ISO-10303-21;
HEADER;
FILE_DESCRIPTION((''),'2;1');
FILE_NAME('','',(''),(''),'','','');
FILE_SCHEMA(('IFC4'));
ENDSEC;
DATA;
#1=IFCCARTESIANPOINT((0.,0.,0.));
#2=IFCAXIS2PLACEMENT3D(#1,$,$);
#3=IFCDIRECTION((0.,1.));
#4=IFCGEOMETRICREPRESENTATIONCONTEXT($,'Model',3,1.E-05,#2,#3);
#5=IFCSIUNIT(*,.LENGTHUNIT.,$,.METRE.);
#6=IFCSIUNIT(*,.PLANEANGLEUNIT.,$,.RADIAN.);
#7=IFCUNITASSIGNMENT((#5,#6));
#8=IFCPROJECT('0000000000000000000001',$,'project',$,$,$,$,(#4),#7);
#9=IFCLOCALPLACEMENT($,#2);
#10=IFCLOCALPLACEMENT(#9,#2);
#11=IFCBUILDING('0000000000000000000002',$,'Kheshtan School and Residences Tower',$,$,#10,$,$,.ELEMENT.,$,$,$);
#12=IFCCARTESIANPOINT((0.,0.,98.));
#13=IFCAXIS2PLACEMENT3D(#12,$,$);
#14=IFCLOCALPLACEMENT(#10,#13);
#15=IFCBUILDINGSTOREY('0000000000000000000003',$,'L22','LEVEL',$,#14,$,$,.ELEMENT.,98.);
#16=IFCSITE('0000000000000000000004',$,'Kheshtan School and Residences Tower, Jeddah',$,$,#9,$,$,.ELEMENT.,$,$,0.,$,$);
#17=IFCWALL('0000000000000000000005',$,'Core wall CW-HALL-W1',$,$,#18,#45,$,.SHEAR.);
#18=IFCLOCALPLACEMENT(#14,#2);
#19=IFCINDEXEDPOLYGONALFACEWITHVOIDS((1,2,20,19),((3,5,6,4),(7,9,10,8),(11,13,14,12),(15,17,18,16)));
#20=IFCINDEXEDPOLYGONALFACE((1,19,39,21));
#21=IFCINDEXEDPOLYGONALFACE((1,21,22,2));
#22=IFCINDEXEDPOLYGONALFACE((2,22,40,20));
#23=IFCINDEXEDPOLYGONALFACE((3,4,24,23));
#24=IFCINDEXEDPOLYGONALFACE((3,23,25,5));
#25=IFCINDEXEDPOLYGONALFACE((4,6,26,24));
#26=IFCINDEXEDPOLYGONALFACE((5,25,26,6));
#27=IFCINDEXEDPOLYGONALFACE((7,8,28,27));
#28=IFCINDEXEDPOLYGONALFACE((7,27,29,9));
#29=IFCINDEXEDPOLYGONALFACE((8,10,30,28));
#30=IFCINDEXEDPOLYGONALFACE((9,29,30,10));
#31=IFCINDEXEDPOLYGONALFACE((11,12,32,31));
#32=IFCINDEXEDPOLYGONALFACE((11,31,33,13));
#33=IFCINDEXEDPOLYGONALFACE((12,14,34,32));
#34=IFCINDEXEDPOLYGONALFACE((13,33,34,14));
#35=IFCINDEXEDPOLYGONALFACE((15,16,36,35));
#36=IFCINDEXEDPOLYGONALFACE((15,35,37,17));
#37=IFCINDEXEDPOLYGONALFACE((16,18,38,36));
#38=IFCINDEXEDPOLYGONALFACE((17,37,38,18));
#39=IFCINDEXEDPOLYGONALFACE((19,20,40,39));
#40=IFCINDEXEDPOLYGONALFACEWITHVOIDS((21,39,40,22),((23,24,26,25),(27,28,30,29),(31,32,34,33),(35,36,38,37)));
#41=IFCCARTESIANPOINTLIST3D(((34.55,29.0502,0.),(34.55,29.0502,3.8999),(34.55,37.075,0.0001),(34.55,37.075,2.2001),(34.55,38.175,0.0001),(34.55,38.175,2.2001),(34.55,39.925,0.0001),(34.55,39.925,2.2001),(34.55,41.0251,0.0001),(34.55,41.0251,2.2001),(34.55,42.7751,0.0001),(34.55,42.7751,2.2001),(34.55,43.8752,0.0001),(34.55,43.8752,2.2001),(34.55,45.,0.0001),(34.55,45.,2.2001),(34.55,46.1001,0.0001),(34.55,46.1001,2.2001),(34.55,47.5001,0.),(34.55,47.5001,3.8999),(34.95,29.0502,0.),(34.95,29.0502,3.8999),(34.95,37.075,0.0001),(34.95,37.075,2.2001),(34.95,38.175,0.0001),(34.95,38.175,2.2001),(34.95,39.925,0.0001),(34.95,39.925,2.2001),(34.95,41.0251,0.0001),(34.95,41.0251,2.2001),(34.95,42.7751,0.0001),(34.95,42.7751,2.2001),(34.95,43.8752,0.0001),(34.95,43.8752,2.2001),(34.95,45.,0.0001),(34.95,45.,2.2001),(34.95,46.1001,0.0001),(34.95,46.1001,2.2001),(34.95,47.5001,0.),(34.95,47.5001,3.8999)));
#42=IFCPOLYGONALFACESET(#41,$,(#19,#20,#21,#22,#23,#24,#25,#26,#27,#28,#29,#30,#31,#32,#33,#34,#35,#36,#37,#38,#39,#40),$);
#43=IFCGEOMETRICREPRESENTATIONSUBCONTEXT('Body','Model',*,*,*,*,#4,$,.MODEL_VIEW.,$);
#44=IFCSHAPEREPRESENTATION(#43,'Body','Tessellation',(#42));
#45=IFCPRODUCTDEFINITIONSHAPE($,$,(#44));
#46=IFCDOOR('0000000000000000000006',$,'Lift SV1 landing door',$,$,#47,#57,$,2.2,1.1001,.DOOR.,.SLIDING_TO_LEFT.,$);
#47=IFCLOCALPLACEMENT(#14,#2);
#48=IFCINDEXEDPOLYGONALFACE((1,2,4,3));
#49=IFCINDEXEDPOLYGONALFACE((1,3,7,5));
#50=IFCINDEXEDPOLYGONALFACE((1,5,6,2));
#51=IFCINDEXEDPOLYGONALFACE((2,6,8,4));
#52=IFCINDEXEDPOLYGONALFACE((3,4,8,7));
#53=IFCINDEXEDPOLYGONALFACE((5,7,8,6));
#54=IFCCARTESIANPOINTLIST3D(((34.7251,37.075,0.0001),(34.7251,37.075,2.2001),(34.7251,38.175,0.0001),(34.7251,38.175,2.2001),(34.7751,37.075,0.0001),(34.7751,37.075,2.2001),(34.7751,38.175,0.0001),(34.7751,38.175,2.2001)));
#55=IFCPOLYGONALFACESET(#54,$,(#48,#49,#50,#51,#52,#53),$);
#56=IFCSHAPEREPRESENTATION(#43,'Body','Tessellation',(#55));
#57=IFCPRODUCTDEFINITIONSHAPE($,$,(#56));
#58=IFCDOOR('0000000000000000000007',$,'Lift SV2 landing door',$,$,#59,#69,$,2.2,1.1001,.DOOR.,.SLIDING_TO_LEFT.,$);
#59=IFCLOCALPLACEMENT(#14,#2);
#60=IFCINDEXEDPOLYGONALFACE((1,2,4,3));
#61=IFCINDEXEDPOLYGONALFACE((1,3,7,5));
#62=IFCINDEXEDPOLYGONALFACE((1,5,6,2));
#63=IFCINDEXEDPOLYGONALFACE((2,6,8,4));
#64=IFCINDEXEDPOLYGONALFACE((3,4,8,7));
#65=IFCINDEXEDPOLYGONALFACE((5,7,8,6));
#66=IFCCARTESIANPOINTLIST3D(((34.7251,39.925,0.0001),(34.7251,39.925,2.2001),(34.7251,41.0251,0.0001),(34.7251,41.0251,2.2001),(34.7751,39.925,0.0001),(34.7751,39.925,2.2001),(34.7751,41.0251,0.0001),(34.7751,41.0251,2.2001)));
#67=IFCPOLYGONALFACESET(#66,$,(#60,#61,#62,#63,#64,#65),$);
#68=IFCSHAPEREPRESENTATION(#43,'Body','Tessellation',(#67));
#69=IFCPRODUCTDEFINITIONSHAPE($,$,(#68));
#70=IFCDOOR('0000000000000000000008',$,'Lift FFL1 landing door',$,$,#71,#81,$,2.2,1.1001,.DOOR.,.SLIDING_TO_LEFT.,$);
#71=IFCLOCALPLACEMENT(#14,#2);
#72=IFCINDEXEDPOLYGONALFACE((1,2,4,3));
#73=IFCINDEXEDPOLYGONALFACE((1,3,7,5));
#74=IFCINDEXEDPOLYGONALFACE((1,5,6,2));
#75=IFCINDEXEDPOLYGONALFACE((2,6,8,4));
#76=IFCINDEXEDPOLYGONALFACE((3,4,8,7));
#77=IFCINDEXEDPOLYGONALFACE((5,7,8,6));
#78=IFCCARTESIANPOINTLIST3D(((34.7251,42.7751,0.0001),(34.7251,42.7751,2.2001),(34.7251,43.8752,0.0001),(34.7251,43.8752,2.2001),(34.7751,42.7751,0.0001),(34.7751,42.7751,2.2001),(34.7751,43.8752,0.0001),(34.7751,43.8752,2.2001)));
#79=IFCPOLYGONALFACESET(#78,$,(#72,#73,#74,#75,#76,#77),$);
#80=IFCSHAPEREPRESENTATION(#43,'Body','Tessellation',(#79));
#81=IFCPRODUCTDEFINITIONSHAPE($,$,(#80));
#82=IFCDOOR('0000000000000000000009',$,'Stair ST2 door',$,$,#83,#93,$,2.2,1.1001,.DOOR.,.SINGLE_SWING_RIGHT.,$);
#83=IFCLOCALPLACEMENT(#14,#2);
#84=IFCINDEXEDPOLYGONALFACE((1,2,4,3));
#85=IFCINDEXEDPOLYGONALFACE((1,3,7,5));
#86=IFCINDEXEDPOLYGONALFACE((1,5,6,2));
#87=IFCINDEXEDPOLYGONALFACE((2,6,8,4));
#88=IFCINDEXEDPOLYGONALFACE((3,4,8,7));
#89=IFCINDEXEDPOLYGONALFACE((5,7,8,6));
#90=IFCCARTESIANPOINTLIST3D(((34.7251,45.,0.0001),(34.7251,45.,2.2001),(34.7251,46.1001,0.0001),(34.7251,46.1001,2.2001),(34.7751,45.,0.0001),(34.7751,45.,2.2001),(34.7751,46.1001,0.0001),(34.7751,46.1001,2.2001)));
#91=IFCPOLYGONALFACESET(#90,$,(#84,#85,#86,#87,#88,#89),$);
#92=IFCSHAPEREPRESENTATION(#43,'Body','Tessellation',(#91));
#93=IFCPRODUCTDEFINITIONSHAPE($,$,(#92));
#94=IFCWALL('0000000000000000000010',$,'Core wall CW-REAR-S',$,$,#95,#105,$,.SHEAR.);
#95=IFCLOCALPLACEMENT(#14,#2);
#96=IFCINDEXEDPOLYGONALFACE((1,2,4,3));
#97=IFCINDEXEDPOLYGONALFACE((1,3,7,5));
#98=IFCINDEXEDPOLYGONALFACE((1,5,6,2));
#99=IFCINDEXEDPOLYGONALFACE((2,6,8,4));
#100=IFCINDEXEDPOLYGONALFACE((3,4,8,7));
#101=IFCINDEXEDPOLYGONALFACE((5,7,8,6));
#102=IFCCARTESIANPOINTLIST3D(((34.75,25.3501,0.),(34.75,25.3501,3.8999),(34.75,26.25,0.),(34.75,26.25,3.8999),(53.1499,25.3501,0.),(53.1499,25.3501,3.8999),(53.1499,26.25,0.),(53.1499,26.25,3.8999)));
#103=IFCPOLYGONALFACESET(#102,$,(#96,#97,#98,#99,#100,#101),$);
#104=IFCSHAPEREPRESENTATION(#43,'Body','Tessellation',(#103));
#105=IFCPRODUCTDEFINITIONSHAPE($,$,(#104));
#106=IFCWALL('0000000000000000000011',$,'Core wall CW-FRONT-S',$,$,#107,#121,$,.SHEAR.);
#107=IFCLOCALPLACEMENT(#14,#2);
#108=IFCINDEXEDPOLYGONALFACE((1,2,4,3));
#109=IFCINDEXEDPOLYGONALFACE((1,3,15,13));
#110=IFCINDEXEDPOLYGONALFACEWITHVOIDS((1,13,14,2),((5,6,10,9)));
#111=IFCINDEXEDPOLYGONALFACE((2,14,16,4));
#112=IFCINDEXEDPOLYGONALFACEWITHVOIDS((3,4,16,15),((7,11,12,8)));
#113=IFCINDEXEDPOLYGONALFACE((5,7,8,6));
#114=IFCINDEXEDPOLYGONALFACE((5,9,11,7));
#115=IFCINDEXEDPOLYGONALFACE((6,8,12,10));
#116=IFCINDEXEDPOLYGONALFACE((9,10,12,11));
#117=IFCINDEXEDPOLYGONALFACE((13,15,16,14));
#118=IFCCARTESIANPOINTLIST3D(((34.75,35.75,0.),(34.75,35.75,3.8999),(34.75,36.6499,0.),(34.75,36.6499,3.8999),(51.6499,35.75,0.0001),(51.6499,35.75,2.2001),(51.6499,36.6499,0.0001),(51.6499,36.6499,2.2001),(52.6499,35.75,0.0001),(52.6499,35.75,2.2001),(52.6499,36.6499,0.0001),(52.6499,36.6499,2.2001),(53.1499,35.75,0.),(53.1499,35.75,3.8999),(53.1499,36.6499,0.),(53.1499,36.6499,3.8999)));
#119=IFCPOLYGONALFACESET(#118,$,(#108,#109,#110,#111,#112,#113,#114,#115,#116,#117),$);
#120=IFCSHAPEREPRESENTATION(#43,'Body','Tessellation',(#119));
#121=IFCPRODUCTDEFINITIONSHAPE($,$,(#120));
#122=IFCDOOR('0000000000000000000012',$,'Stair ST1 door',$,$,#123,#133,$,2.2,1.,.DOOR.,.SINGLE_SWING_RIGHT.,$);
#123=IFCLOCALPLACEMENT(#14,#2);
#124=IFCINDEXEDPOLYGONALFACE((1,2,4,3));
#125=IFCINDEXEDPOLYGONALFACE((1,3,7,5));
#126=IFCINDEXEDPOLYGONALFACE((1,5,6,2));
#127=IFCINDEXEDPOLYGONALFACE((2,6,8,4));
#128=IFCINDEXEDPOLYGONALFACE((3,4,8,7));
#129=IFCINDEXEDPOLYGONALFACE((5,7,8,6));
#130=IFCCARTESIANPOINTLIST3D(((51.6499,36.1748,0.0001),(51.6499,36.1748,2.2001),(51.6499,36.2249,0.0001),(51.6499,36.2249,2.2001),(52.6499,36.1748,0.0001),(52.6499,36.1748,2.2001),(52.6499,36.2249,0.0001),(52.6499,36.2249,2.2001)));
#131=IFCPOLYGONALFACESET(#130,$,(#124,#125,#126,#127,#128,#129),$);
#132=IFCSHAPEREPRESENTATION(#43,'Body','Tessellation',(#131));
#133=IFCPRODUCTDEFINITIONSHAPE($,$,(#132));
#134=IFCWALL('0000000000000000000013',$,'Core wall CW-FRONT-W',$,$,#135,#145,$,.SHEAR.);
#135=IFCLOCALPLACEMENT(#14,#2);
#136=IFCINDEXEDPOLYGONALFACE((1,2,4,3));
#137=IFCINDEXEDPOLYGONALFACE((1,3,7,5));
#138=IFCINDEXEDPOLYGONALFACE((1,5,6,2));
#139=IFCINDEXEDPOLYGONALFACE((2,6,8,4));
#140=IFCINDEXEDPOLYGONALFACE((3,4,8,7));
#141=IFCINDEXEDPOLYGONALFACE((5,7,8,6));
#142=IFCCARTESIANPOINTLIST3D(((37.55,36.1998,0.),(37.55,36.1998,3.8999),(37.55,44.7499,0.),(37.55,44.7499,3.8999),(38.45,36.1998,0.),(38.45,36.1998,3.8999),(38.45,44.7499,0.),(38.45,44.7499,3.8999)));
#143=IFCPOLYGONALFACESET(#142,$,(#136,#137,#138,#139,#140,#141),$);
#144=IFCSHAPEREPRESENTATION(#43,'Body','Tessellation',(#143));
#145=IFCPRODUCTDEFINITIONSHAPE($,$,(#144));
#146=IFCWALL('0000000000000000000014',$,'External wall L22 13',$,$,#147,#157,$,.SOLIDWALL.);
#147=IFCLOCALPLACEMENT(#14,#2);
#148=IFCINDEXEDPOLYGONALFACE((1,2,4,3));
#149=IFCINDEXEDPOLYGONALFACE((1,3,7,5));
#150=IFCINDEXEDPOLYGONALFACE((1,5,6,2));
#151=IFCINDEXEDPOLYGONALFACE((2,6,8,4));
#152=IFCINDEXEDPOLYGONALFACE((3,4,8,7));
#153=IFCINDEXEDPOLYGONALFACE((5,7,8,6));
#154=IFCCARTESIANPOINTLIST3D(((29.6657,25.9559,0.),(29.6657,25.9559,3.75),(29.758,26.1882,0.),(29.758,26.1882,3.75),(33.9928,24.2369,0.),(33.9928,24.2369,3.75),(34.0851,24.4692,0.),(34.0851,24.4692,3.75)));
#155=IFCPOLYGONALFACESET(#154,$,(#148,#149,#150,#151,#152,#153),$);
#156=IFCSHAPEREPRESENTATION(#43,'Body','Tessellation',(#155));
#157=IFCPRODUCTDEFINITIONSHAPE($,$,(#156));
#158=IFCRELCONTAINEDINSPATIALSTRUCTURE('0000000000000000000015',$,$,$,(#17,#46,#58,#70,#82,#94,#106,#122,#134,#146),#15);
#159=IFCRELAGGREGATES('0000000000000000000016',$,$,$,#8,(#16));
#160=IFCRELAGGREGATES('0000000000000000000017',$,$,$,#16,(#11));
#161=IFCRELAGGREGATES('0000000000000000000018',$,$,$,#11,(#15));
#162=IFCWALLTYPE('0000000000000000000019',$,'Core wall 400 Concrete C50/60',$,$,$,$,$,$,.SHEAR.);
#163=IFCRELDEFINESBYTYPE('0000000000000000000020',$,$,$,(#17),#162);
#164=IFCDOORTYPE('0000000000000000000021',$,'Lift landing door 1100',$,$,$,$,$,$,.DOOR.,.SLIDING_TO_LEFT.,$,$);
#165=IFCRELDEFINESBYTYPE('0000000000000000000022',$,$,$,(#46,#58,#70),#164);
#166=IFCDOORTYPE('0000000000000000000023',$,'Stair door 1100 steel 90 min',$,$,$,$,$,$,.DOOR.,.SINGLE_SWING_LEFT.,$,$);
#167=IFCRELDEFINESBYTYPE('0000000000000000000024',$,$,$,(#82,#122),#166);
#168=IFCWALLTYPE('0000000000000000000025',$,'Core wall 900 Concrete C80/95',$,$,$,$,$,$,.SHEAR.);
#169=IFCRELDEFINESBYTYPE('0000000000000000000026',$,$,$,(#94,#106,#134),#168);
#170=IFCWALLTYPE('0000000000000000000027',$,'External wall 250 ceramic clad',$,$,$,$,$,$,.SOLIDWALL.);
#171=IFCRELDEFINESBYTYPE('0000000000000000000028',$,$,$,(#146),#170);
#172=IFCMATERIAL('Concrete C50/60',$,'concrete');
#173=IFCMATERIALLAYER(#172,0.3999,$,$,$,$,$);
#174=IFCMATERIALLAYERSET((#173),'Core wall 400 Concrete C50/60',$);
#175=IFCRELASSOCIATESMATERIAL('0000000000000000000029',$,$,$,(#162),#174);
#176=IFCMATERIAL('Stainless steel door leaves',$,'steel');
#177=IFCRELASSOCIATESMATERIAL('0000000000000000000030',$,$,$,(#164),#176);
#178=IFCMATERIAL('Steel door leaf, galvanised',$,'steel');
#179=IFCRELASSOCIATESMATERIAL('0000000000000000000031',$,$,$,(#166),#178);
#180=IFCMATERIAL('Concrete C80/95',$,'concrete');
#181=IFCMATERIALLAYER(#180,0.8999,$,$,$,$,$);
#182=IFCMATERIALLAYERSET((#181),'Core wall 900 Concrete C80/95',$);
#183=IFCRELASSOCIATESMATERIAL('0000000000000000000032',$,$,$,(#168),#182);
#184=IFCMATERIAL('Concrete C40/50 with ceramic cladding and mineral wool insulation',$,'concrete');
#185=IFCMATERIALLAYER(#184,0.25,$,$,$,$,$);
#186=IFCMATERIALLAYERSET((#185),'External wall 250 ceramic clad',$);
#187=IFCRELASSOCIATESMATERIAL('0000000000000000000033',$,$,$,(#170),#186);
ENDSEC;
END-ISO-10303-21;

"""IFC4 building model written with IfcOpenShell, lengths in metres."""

from ifc_helpers import new_model, si_unit, direction, frame, frame_2d, origin, place, context, subcontext, project, spatial, rectangle, extrude, source, transform, mapped, material, layer, layer_set, type_object, element, fill, save


model = new_model("IFC4")

# Units and contexts
model_context = context("Model", 3, precision=1e-05, world=origin(), true_north=direction((0.0, 1.0)))
body_context = subcontext(model_context, "Body", "Model", "MODEL_VIEW")
ifc_project = project(units=[si_unit("LENGTHUNIT", "METRE"), si_unit("PLANEANGLEUNIT", "RADIAN")], contexts=[model_context])

# Site, building, storey
site_placement = place(None, origin())
site = spatial("IfcSite", under=ifc_project, at=site_placement, Name="Kheshtan School and Residences Tower, Jeddah", CompositionType="ELEMENT", RefElevation=0.0)
building_placement = place(site_placement, origin())
building = spatial("IfcBuilding", under=site, at=building_placement, Name="Kheshtan School and Residences Tower", CompositionType="ELEMENT")
storey_placement = place(building_placement, frame((0.0, 0.0, 98.0)))
storey = spatial("IfcBuildingStorey", under=building, at=storey_placement, Name="L22", Description="LEVEL", CompositionType="ELEMENT", Elevation=98.0)

# Shared definitions
ifc_material_1 = material(Name="Concrete C50/60", Category="concrete")
ifc_layer_1 = layer(ifc_material_1, 0.3999)
ifc_layer_set_1 = layer_set([ifc_layer_1], Name="Core wall 400 Concrete C50/60")
wall_type_1 = type_object("IfcWallType", Name="Core wall 400 Concrete C50/60", PredefinedType="SHEAR", material=ifc_layer_set_1)
ifc_material_2 = material(Name="Stainless steel door leaves", Category="steel")
door_type_1 = type_object("IfcDoorType", Name="Lift landing door 1100", OperationType="SLIDING_TO_LEFT", PredefinedType="DOOR", material=ifc_material_2)
shared_shape_1 = source(origin(), body_context, "Body", "SweptSolid", [
    extrude(rectangle(XDim=1.1001, YDim=2.2, at=frame_2d((0.55, 1.1001))), frame((0.0, 0.0249, 0.0), z_axis=(0.0, -1.0, 0.0), x_axis=(1.0, 0.0, 0.0)), (0.0, 0.0, 1.0), 0.05),
])

# Wall, openings, doors
wall_1_placement = place(storey_placement, frame((34.75, 29.05, 0.0), z_axis=(0.0, 0.0, 1.0), x_axis=(0.0, 1.0, 0.0)))
wall_1 = element("IfcWall", 1, at=wall_1_placement, inside=storey, type_object=wall_type_1, Name="Core wall CW-HALL-W1", PredefinedType="SHEAR", context=body_context, shape_type="SweptSolid", body=[
    extrude(rectangle(XDim=18.45, YDim=0.3999, at=frame_2d((9.2251, 0.0))), origin(), (0.0, 0.0, 1.0), 3.8999),
])
opening_1_placement = place(wall_1_placement, frame((8.0249, 0.0, 0.0)))
opening_1 = element("IfcOpeningElement", 2, at=opening_1_placement, cuts=wall_1, PredefinedType="OPENING", context=body_context, shape_type="SweptSolid", body=[
    extrude(rectangle(XDim=1.1001, YDim=2.2, at=frame_2d((0.55, 1.1001))), frame((0.0, 0.21, 0.0), z_axis=(0.0, -1.0, 0.0), x_axis=(1.0, 0.0, 0.0)), (0.0, 0.0, 1.0), 0.4199),
])
opening_2_placement = place(wall_1_placement, frame((10.875, 0.0, 0.0)))
opening_2 = element("IfcOpeningElement", 3, at=opening_2_placement, cuts=wall_1, PredefinedType="OPENING", context=body_context, shape_type="SweptSolid", body=[
    extrude(rectangle(XDim=1.1001, YDim=2.2, at=frame_2d((0.55, 1.1001))), frame((0.0, 0.21, 0.0), z_axis=(0.0, -1.0, 0.0), x_axis=(1.0, 0.0, 0.0)), (0.0, 0.0, 1.0), 0.4199),
])
opening_3_placement = place(wall_1_placement, frame((13.7251, 0.0, 0.0)))
opening_3 = element("IfcOpeningElement", 4, at=opening_3_placement, cuts=wall_1, PredefinedType="OPENING", context=body_context, shape_type="SweptSolid", body=[
    extrude(rectangle(XDim=1.1001, YDim=2.2, at=frame_2d((0.55, 1.1001))), frame((0.0, 0.21, 0.0), z_axis=(0.0, -1.0, 0.0), x_axis=(1.0, 0.0, 0.0)), (0.0, 0.0, 1.0), 0.4199),
])
opening_4_placement = place(wall_1_placement, frame((15.95, 0.0, 0.0)))
opening_4 = element("IfcOpeningElement", 5, at=opening_4_placement, cuts=wall_1, PredefinedType="OPENING", context=body_context, shape_type="SweptSolid", body=[
    extrude(rectangle(XDim=1.1001, YDim=2.2, at=frame_2d((0.55, 1.1001))), frame((0.0, 0.21, 0.0), z_axis=(0.0, -1.0, 0.0), x_axis=(1.0, 0.0, 0.0)), (0.0, 0.0, 1.0), 0.4199),
])
door_1_placement = place(opening_1_placement, origin())
door_1 = element("IfcDoor", 6, at=door_1_placement, inside=storey, type_object=door_type_1, Name="Lift SV1 landing door", OperationType="SLIDING_TO_LEFT", OverallHeight=2.2, OverallWidth=1.1001, PredefinedType="DOOR", context=body_context, shape_type="MappedRepresentation", body=[
    mapped(shared_shape_1, transform((0.0, 0.0, 0.0), x_axis=(1.0, 0.0, 0.0), y_axis=(0.0, 1.0, 0.0), z_axis=(0.0, 0.0, 1.0), scale=1.0)),
])
fill(opening_1, door_1)
door_2_placement = place(opening_2_placement, origin())
door_2 = element("IfcDoor", 7, at=door_2_placement, inside=storey, type_object=door_type_1, Name="Lift SV2 landing door", OperationType="SLIDING_TO_LEFT", OverallHeight=2.2, OverallWidth=1.1001, PredefinedType="DOOR", context=body_context, shape_type="MappedRepresentation", body=[
    mapped(shared_shape_1, transform((0.0, 0.0, 0.0), x_axis=(1.0, 0.0, 0.0), y_axis=(0.0, 1.0, 0.0), z_axis=(0.0, 0.0, 1.0), scale=1.0)),
])
fill(opening_2, door_2)
door_3_placement = place(opening_3_placement, origin())
door_3 = element("IfcDoor", 8, at=door_3_placement, inside=storey, type_object=door_type_1, Name="Lift FFL1 landing door", OperationType="SLIDING_TO_LEFT", OverallHeight=2.2, OverallWidth=1.1001, PredefinedType="DOOR", context=body_context, shape_type="MappedRepresentation", body=[
    mapped(shared_shape_1, transform((0.0, 0.0, 0.0), x_axis=(1.0, 0.0, 0.0), y_axis=(0.0, 1.0, 0.0), z_axis=(0.0, 0.0, 1.0), scale=1.0)),
])
fill(opening_3, door_3)
ifc_material_3 = material(Name="Steel door leaf, galvanised", Category="steel")
door_type_2 = type_object("IfcDoorType", Name="Stair door 1100 steel 90 min", OperationType="SINGLE_SWING_LEFT", PredefinedType="DOOR", material=ifc_material_3)
shared_shape_2 = source(origin(), body_context, "Body", "SweptSolid", [
    extrude(rectangle(XDim=1.1001, YDim=2.2, at=frame_2d((0.55, 1.1001))), frame((0.0, 0.0249, 0.0), z_axis=(0.0, -1.0, 0.0), x_axis=(1.0, 0.0, 0.0)), (0.0, 0.0, 1.0), 0.05),
])
door_4_placement = place(opening_4_placement, origin())
door_4 = element("IfcDoor", 9, at=door_4_placement, inside=storey, type_object=door_type_2, Name="Stair ST2 door", OperationType="SINGLE_SWING_RIGHT", OverallHeight=2.2, OverallWidth=1.1001, PredefinedType="DOOR", context=body_context, shape_type="MappedRepresentation", body=[
    mapped(shared_shape_2, transform((0.0, 0.0, 0.0), x_axis=(1.0, 0.0, 0.0), y_axis=(0.0, 1.0, 0.0), z_axis=(0.0, 0.0, 1.0), scale=1.0)),
])
fill(opening_4, door_4)

# Wall
ifc_material_4 = material(Name="Concrete C80/95", Category="concrete")
ifc_layer_2 = layer(ifc_material_4, 0.8999)
ifc_layer_set_2 = layer_set([ifc_layer_2], Name="Core wall 900 Concrete C80/95")
wall_type_2 = type_object("IfcWallType", Name="Core wall 900 Concrete C80/95", PredefinedType="SHEAR", material=ifc_layer_set_2)
wall_2_placement = place(storey_placement, frame((34.75, 25.8, 0.0), z_axis=(0.0, 0.0, 1.0), x_axis=(1.0, 0.0, 0.0)))
element("IfcWall", 10, at=wall_2_placement, inside=storey, type_object=wall_type_2, Name="Core wall CW-REAR-S", PredefinedType="SHEAR", context=body_context, shape_type="SweptSolid", body=[
    extrude(rectangle(XDim=18.3999, YDim=0.8999, at=frame_2d((9.2, 0.0))), origin(), (0.0, 0.0, 1.0), 3.8999),
])

# Wall, opening, door
wall_3_placement = place(storey_placement, frame((34.75, 36.2, 0.0), z_axis=(0.0, 0.0, 1.0), x_axis=(1.0, 0.0, 0.0)))
wall_3 = element("IfcWall", 11, at=wall_3_placement, inside=storey, type_object=wall_type_2, Name="Core wall CW-FRONT-S", PredefinedType="SHEAR", context=body_context, shape_type="SweptSolid", body=[
    extrude(rectangle(XDim=18.3999, YDim=0.8999, at=frame_2d((9.2, 0.0))), origin(), (0.0, 0.0, 1.0), 3.8999),
])
opening_5_placement = place(wall_3_placement, frame((16.8999, 0.0, 0.0)))
opening_5 = element("IfcOpeningElement", 12, at=opening_5_placement, cuts=wall_3, PredefinedType="OPENING", context=body_context, shape_type="SweptSolid", body=[
    extrude(rectangle(XDim=1.0, YDim=2.2, at=frame_2d((0.5, 1.1001))), frame((0.0, 0.46, 0.0), z_axis=(0.0, -1.0, 0.0), x_axis=(1.0, 0.0, 0.0)), (0.0, 0.0, 1.0), 0.9199),
])
shared_shape_3 = source(origin(), body_context, "Body", "SweptSolid", [
    extrude(rectangle(XDim=1.0, YDim=2.2, at=frame_2d((0.5, 1.1001))), frame((0.0, 0.0249, 0.0), z_axis=(0.0, -1.0, 0.0), x_axis=(1.0, 0.0, 0.0)), (0.0, 0.0, 1.0), 0.05),
])
door_5_placement = place(opening_5_placement, origin())
door_5 = element("IfcDoor", 13, at=door_5_placement, inside=storey, type_object=door_type_2, Name="Stair ST1 door", OperationType="SINGLE_SWING_RIGHT", OverallHeight=2.2, OverallWidth=1.0, PredefinedType="DOOR", context=body_context, shape_type="MappedRepresentation", body=[
    mapped(shared_shape_3, transform((0.0, 0.0, 0.0), x_axis=(1.0, 0.0, 0.0), y_axis=(0.0, 1.0, 0.0), z_axis=(0.0, 0.0, 1.0), scale=1.0)),
])
fill(opening_5, door_5)

# Walls
wall_4_placement = place(storey_placement, frame((38.0, 36.2, 0.0), z_axis=(0.0, 0.0, 1.0), x_axis=(0.0, 1.0, 0.0)))
element("IfcWall", 14, at=wall_4_placement, inside=storey, type_object=wall_type_2, Name="Core wall CW-FRONT-W", PredefinedType="SHEAR", context=body_context, shape_type="SweptSolid", body=[
    extrude(rectangle(XDim=8.55, YDim=0.8999, at=frame_2d((4.2749, 0.0))), origin(), (0.0, 0.0, 1.0), 3.8999),
])
ifc_material_5 = material(Name="Concrete C40/50 with ceramic cladding and mineral wool insulation", Category="concrete")
ifc_layer_3 = layer(ifc_material_5, 0.25)
ifc_layer_set_3 = layer_set([ifc_layer_3], Name="External wall 250 ceramic clad")
wall_type_3 = type_object("IfcWallType", Name="External wall 250 ceramic clad", PredefinedType="SOLIDWALL", material=ifc_layer_set_3)
wall_5_placement = place(storey_placement, frame((34.0391, 24.353, 0.0), z_axis=(0.0, 0.0, 1.0), x_axis=(-0.929353, 0.369193, 0.0)))
element("IfcWall", 15, at=wall_5_placement, inside=storey, type_object=wall_type_3, Name="External wall L22 13", PredefinedType="SOLIDWALL", context=body_context, shape_type="SweptSolid", body=[
    extrude(rectangle(XDim=4.656, YDim=0.25, at=frame_2d((2.3281, 0.0))), origin(), (0.0, 0.0, 1.0), 3.75),
])

save(model, "model.ifc")
